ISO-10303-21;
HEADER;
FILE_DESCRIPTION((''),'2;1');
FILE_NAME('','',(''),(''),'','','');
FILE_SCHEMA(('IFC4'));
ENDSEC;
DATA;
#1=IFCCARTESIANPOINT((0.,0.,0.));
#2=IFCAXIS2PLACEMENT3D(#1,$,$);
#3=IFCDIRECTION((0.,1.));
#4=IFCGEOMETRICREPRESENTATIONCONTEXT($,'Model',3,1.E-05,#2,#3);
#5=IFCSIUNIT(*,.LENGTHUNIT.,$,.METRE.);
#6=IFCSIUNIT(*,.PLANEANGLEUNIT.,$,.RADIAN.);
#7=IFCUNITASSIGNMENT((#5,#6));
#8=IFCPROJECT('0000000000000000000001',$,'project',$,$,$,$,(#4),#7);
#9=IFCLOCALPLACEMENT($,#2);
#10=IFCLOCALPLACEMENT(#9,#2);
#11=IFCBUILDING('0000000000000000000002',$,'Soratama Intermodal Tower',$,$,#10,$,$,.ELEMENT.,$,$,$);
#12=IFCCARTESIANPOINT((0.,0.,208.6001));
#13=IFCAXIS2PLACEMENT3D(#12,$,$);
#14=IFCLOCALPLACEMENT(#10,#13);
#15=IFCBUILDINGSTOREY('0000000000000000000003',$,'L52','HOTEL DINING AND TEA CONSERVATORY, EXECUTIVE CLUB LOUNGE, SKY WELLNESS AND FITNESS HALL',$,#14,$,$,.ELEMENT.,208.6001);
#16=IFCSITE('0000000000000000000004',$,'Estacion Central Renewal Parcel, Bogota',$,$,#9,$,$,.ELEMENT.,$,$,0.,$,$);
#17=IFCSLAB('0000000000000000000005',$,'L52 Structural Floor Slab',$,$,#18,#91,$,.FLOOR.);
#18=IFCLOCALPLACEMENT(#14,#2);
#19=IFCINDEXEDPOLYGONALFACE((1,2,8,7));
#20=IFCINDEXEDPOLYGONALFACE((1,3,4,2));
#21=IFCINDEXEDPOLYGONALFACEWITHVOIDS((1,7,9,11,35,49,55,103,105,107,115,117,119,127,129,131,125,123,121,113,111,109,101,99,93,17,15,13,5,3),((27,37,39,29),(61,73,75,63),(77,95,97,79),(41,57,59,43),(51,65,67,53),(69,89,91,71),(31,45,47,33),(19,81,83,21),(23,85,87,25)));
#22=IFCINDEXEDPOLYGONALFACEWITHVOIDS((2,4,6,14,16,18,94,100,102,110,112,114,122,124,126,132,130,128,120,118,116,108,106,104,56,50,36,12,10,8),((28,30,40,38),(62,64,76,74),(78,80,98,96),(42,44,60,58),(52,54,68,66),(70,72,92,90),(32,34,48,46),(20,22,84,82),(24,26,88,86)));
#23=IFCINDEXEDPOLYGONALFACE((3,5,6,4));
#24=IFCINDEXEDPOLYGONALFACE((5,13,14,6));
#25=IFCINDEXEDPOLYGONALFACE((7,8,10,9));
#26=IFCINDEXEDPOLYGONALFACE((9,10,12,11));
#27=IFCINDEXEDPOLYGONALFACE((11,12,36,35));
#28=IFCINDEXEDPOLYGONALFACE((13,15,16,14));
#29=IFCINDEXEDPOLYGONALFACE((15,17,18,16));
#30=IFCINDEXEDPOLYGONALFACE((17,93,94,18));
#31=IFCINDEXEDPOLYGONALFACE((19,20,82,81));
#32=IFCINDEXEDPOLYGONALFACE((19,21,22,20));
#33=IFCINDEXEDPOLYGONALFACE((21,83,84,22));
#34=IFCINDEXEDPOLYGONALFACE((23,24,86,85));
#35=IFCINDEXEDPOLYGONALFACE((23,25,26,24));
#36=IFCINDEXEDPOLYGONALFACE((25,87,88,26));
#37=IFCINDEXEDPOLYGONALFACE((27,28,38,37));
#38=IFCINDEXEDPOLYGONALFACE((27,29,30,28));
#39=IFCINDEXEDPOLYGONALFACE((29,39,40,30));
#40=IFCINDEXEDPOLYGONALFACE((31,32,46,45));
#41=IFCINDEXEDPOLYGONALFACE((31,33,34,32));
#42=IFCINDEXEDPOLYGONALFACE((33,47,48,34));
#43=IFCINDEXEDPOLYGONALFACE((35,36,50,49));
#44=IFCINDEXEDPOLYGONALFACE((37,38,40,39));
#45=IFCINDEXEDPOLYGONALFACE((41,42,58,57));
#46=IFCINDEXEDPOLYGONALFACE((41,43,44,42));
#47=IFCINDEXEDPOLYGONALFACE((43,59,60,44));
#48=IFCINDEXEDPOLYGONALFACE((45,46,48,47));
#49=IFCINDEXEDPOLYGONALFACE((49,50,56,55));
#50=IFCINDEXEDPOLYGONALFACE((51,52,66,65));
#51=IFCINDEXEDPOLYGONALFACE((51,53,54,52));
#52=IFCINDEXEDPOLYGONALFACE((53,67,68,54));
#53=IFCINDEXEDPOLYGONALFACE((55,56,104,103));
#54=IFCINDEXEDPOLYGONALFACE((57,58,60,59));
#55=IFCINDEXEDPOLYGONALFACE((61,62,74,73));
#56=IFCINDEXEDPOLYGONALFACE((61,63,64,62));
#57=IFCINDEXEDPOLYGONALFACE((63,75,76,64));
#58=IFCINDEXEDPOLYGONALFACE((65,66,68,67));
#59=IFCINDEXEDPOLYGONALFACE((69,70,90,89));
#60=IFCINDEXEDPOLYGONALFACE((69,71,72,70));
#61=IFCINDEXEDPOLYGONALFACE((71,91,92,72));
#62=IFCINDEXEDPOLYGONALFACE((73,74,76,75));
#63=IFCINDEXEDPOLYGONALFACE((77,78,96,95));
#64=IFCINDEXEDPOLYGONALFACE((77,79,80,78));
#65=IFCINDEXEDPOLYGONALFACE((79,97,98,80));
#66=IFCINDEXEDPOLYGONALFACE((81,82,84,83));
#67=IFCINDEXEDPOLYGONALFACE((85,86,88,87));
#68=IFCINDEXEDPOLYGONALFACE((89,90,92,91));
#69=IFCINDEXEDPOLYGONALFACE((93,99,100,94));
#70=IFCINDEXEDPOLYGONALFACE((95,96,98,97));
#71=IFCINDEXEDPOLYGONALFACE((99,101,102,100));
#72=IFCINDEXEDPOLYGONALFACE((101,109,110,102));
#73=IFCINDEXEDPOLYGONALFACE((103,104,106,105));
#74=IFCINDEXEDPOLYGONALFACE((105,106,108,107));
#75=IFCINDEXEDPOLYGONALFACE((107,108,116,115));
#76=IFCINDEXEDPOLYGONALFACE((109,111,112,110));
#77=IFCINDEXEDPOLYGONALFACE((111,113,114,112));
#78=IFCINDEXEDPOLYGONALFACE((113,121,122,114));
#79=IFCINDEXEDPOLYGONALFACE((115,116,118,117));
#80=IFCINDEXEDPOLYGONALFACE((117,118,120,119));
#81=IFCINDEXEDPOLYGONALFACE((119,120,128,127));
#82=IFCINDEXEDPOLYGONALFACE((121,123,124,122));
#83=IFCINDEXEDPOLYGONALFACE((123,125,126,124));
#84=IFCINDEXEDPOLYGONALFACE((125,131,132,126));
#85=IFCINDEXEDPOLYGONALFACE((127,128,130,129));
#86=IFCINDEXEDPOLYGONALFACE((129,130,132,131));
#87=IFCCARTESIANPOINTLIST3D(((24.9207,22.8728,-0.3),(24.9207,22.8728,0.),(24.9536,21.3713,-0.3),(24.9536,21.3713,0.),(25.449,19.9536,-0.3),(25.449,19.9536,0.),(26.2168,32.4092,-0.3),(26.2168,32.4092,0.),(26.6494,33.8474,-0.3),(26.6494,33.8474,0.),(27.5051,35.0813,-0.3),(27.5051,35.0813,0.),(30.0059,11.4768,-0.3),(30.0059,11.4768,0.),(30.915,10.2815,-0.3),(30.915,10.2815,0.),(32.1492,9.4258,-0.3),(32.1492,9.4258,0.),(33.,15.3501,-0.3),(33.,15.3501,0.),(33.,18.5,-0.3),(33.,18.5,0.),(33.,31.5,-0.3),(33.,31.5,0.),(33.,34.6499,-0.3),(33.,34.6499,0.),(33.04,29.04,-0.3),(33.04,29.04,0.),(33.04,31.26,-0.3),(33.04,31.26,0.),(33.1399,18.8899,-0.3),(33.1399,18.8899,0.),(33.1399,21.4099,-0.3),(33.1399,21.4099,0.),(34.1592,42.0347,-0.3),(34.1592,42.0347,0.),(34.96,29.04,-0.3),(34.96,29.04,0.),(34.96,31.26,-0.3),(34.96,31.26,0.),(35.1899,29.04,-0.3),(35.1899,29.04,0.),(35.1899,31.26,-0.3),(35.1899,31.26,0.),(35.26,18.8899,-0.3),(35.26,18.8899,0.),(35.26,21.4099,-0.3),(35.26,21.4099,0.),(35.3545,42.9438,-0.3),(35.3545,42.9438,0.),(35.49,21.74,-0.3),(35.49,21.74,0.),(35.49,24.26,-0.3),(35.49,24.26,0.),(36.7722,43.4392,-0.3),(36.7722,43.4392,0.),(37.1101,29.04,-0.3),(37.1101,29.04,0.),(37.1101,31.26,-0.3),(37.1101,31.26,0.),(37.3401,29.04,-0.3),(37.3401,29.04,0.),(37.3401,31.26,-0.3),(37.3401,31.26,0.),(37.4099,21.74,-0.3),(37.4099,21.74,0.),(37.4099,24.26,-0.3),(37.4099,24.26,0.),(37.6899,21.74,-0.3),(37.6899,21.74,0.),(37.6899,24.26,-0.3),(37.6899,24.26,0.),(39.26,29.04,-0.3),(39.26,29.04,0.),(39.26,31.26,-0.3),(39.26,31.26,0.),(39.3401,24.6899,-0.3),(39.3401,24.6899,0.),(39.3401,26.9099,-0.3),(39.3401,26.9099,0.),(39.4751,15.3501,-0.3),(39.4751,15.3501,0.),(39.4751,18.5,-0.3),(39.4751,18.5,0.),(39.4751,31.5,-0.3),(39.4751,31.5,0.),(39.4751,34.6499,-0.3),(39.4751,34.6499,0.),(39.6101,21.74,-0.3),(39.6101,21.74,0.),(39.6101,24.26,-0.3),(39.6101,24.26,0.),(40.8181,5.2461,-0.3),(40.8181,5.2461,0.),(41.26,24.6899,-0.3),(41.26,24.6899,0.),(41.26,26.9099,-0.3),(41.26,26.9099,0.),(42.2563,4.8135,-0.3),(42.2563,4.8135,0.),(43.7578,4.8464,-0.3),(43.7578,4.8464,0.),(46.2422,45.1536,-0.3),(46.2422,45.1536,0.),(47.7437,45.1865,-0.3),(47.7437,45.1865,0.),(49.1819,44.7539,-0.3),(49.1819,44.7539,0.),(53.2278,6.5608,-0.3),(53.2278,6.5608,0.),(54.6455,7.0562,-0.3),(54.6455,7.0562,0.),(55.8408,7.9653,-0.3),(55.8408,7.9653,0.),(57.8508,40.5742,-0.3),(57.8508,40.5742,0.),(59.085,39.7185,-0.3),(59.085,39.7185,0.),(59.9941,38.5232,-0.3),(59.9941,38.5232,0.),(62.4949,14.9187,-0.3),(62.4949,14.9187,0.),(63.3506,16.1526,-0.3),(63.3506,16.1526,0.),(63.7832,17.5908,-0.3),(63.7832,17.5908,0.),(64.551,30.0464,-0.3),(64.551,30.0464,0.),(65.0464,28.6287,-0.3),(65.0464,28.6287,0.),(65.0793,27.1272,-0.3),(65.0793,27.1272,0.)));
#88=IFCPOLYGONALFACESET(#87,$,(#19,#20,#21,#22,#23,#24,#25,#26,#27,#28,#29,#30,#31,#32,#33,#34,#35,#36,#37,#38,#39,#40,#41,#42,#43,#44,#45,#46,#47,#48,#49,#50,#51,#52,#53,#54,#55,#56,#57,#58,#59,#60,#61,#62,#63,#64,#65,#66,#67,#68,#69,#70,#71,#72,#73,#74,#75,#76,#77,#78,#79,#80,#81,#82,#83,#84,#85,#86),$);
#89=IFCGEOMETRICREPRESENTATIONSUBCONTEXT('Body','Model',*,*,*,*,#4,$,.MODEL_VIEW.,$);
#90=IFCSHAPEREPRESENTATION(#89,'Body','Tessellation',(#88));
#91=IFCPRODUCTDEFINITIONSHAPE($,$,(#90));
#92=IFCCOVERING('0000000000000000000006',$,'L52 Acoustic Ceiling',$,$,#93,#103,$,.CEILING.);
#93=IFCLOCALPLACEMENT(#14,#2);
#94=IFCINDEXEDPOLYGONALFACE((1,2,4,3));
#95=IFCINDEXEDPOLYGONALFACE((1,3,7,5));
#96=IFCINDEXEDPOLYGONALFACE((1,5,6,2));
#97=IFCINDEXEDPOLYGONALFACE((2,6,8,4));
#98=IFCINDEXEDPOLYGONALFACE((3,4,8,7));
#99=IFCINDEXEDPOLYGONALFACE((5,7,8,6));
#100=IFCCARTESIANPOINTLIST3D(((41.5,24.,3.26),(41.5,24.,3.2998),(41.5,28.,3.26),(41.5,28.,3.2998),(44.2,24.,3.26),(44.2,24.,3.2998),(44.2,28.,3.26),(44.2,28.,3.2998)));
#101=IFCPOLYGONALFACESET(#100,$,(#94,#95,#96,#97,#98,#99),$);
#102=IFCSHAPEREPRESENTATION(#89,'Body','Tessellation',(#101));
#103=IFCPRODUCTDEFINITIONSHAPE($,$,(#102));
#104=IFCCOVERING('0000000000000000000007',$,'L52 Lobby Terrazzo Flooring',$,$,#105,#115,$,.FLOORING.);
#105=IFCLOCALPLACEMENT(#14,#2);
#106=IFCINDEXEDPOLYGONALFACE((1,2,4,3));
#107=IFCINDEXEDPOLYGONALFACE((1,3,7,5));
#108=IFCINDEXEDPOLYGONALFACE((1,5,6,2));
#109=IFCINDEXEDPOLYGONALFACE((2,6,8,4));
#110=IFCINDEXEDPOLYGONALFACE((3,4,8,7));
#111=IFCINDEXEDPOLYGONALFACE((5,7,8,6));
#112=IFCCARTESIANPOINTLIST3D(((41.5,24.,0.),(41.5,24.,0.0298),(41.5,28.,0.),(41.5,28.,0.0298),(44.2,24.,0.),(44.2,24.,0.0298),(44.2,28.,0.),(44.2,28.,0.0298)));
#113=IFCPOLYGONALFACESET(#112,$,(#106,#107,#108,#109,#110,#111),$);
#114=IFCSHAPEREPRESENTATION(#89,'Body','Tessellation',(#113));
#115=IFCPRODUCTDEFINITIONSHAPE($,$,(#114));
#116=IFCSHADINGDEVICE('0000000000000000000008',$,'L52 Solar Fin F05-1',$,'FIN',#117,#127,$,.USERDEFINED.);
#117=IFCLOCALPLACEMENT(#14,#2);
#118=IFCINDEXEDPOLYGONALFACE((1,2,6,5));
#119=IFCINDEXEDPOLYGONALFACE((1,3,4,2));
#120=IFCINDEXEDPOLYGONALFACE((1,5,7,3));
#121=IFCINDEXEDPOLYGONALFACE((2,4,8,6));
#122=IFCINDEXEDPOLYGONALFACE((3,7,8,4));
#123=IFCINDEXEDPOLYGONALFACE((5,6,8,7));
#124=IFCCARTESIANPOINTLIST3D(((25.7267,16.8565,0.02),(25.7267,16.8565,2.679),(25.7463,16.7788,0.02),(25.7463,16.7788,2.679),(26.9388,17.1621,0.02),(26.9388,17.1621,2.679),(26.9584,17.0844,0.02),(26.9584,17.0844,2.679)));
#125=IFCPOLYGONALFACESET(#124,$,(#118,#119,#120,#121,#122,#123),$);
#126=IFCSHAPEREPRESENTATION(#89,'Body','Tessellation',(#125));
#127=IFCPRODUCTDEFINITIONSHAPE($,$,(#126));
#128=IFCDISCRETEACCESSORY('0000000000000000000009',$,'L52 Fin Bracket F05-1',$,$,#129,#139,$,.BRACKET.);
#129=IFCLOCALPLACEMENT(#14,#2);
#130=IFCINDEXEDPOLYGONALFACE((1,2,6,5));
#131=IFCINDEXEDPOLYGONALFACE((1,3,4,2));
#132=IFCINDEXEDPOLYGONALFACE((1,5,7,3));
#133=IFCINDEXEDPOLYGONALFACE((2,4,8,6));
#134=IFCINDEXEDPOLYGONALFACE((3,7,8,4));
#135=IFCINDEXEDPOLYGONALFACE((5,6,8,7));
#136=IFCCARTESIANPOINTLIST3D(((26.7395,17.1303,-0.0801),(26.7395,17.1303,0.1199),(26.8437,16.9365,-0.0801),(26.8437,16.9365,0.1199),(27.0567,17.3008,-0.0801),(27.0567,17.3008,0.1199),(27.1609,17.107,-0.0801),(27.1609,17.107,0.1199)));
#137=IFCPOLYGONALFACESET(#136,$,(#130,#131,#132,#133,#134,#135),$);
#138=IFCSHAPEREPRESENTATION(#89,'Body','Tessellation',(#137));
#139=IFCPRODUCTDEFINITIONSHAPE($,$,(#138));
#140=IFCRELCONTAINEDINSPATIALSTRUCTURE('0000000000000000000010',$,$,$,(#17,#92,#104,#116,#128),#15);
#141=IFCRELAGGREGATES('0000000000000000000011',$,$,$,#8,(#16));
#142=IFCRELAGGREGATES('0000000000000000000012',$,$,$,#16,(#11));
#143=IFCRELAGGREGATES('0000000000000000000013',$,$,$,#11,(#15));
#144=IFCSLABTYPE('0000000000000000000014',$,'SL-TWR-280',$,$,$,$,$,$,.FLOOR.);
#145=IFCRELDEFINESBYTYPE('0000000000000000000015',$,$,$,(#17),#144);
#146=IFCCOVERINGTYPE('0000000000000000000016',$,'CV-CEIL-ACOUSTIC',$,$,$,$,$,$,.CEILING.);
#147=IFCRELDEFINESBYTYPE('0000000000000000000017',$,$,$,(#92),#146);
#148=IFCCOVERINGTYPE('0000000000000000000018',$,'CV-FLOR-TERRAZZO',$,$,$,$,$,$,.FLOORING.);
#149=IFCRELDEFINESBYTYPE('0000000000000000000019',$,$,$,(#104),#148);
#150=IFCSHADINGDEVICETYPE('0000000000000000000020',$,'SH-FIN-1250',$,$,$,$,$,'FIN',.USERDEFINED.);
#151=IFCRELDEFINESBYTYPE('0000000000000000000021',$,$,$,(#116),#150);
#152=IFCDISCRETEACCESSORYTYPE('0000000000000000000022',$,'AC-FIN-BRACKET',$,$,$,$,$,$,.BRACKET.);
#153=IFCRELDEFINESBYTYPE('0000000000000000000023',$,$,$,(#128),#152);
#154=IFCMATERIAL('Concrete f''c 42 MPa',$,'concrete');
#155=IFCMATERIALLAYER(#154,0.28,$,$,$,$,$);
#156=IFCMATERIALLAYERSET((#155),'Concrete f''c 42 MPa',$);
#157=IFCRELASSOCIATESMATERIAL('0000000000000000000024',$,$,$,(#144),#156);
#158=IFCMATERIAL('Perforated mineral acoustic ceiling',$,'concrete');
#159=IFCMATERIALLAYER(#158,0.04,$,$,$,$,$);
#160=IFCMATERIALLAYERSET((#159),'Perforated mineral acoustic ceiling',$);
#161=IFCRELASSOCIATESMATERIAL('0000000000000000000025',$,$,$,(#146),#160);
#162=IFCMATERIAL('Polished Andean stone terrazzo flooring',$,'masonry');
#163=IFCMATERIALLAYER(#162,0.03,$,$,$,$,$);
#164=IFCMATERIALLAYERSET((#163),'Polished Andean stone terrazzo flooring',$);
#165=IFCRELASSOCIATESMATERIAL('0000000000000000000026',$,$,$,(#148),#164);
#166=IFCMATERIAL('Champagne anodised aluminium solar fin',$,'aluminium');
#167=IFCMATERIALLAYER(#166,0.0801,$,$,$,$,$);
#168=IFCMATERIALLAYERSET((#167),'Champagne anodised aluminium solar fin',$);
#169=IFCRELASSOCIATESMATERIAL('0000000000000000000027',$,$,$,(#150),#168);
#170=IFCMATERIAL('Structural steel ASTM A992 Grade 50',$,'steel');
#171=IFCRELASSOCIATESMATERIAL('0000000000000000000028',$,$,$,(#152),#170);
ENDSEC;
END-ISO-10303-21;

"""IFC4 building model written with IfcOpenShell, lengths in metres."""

from ifc_helpers import new_model, si_unit, direction, frame, origin, origin_2d, place, context, subcontext, project, spatial, polyline, rectangle, outline, extrude, material, layer, layer_set, type_object, element, save


model = new_model("IFC4")

# Units and contexts
model_context = context("Model", 3, precision=1e-05, world=origin(), true_north=direction((0.0, 1.0)))
body_context = subcontext(model_context, "Body", "Model", "MODEL_VIEW")
ifc_project = project(units=[si_unit("LENGTHUNIT", "METRE"), si_unit("PLANEANGLEUNIT", "RADIAN")], contexts=[model_context])

# Site, building, storey
site_placement = place(None, origin())
site = spatial("IfcSite", under=ifc_project, at=site_placement, Name="Estacion Central Renewal Parcel, Bogota", CompositionType="ELEMENT", RefElevation=0.0)
building_placement = place(site_placement, origin())
building = spatial("IfcBuilding", under=site, at=building_placement, Name="Soratama Intermodal Tower", CompositionType="ELEMENT")
storey_placement = place(building_placement, frame((0.0, 0.0, 208.6001)))
storey = spatial("IfcBuildingStorey", under=building, at=storey_placement, Name="L52", Description="HOTEL DINING AND TEA CONSERVATORY, EXECUTIVE CLUB LOUNGE, SKY WELLNESS AND FITNESS HALL", CompositionType="ELEMENT", Elevation=208.6001)

# Slab
ifc_material_1 = material(Name="Concrete f'c 42 MPa", Category="concrete")
ifc_layer_1 = layer(ifc_material_1, 0.28)
ifc_layer_set_1 = layer_set([ifc_layer_1], Name="Concrete f'c 42 MPa")
slab_type_1 = type_object("IfcSlabType", Name="SL-TWR-280", PredefinedType="FLOOR", material=ifc_layer_set_1)
slab_1_placement = place(storey_placement, frame((0.0, 0.0, -0.3)))
element("IfcSlab", 1, at=slab_1_placement, inside=storey, type_object=slab_type_1, Name="L52 Structural Floor Slab", PredefinedType="FLOOR", context=body_context, shape_type="SweptSolid", body=[
    extrude(outline(polyline([(59.9941, 38.5232), (59.085, 39.7185), (57.8508, 40.5742), (49.1819, 44.7539), (47.7437, 45.1865), (46.2422, 45.1536), (36.7722, 43.4392), (35.3545, 42.9438), (34.1592, 42.0347), (27.5051, 35.0813), (26.6494, 33.8474), (26.2168, 32.4092), (24.9207, 22.8728), (24.9536, 21.3713), (25.449, 19.9536), (30.0059, 11.4768), (30.915, 10.2815), (32.1492, 9.4258), (40.8181, 5.2461), (42.2563, 4.8135), (43.7578, 4.8464), (53.2278, 6.5608), (54.6455, 7.0562), (55.8408, 7.9653), (62.4949, 14.9187), (63.3506, 16.1526), (63.7832, 17.5908), (65.0793, 27.1272), (65.0464, 28.6287), (64.551, 30.0464), (59.9941, 38.5232)]), holes=[polyline([(33.0, 18.5), (33.0, 15.3501), (39.4751, 15.3501), (39.4751, 18.5), (33.0, 18.5)]), polyline([(35.26, 21.4099), (33.1399, 21.4099), (33.1399, 18.8899), (35.26, 18.8899), (35.26, 21.4099)]), polyline([(37.4099, 24.26), (35.49, 24.26), (35.49, 21.74), (37.4099, 21.74), (37.4099, 24.26)]), polyline([(39.6101, 24.26), (37.6899, 24.26), (37.6899, 21.74), (39.6101, 21.74), (39.6101, 24.26)]), polyline([(41.26, 26.9099), (39.3401, 26.9099), (39.3401, 24.6899), (41.26, 24.6899), (41.26, 26.9099)]), polyline([(34.96, 31.26), (33.04, 31.26), (33.04, 29.04), (34.96, 29.04), (34.96, 31.26)]), polyline([(37.1101, 31.26), (35.1899, 31.26), (35.1899, 29.04), (37.1101, 29.04), (37.1101, 31.26)]), polyline([(39.26, 29.04), (39.26, 31.26), (37.3401, 31.26), (37.3401, 29.04), (39.26, 29.04)]), polyline([(39.4751, 34.6499), (33.0, 34.6499), (33.0, 31.5), (39.4751, 31.5), (39.4751, 34.6499)])]), origin(), (0.0, 0.0, 1.0), 0.3),
])

# Coverings
ifc_material_2 = material(Name="Perforated mineral acoustic ceiling", Category="concrete")
ifc_layer_2 = layer(ifc_material_2, 0.04)
ifc_layer_set_2 = layer_set([ifc_layer_2], Name="Perforated mineral acoustic ceiling")
covering_type_1 = type_object("IfcCoveringType", Name="CV-CEIL-ACOUSTIC", PredefinedType="CEILING", material=ifc_layer_set_2)
covering_1_placement = place(storey_placement, frame((0.0, 0.0, 3.26)))
element("IfcCovering", 2, at=covering_1_placement, inside=storey, type_object=covering_type_1, Name="L52 Acoustic Ceiling", PredefinedType="CEILING", context=body_context, shape_type="SweptSolid", body=[
    extrude(outline(polyline([(41.5, 24.0), (44.2, 24.0), (44.2, 28.0), (41.5, 28.0), (41.5, 24.0)])), origin(), (0.0, 0.0, 1.0), 0.0398),
])
ifc_material_3 = material(Name="Polished Andean stone terrazzo flooring", Category="masonry")
ifc_layer_3 = layer(ifc_material_3, 0.03)
ifc_layer_set_3 = layer_set([ifc_layer_3], Name="Polished Andean stone terrazzo flooring")
covering_type_2 = type_object("IfcCoveringType", Name="CV-FLOR-TERRAZZO", PredefinedType="FLOORING", material=ifc_layer_set_3)
covering_2_placement = place(storey_placement, origin())
element("IfcCovering", 3, at=covering_2_placement, inside=storey, type_object=covering_type_2, Name="L52 Lobby Terrazzo Flooring", PredefinedType="FLOORING", context=body_context, shape_type="SweptSolid", body=[
    extrude(outline(polyline([(41.5, 24.0), (44.2, 24.0), (44.2, 28.0), (41.5, 28.0), (41.5, 24.0)])), origin(), (0.0, 0.0, 1.0), 0.0298),
])

# Shading device
ifc_material_4 = material(Name="Champagne anodised aluminium solar fin", Category="aluminium")
ifc_layer_4 = layer(ifc_material_4, 0.0801)
ifc_layer_set_4 = layer_set([ifc_layer_4], Name="Champagne anodised aluminium solar fin")
shading_device_type = type_object("IfcShadingDeviceType", Name="SH-FIN-1250", ElementType="FIN", PredefinedType="USERDEFINED", material=ifc_layer_set_4)
shading_device_placement = place(storey_placement, frame((26.3425, 16.9705, 0.02), z_axis=(0.0, 0.0, 1.0), x_axis=(-0.969659, -0.244461, 0.0)))
element("IfcShadingDevice", 4, at=shading_device_placement, inside=storey, type_object=shading_device_type, Name="L52 Solar Fin F05-1", ObjectType="FIN", PredefinedType="USERDEFINED", context=body_context, shape_type="SweptSolid", body=[
    extrude(rectangle(XDim=1.25, YDim=0.0801, at=origin_2d()), origin(), (0.0, 0.0, 1.0), 2.6589),
])

# Discrete accessory
ifc_material_5 = material(Name="Structural steel ASTM A992 Grade 50", Category="steel")
discrete_accessory_type = type_object("IfcDiscreteAccessoryType", Name="AC-FIN-BRACKET", PredefinedType="BRACKET", material=ifc_material_5)
discrete_accessory_placement = place(storey_placement, frame((26.9502, 17.1187, -0.0801), z_axis=(0.0, 0.0, 1.0), x_axis=(-0.880808, -0.473473, 0.0)))
element("IfcDiscreteAccessory", 5, at=discrete_accessory_placement, inside=storey, type_object=discrete_accessory_type, Name="L52 Fin Bracket F05-1", PredefinedType="BRACKET", context=body_context, shape_type="SweptSolid", body=[
    extrude(rectangle(XDim=0.3601, YDim=0.22, at=origin_2d()), origin(), (0.0, 0.0, 1.0), 0.2),
])

save(model, "model.ifc")
